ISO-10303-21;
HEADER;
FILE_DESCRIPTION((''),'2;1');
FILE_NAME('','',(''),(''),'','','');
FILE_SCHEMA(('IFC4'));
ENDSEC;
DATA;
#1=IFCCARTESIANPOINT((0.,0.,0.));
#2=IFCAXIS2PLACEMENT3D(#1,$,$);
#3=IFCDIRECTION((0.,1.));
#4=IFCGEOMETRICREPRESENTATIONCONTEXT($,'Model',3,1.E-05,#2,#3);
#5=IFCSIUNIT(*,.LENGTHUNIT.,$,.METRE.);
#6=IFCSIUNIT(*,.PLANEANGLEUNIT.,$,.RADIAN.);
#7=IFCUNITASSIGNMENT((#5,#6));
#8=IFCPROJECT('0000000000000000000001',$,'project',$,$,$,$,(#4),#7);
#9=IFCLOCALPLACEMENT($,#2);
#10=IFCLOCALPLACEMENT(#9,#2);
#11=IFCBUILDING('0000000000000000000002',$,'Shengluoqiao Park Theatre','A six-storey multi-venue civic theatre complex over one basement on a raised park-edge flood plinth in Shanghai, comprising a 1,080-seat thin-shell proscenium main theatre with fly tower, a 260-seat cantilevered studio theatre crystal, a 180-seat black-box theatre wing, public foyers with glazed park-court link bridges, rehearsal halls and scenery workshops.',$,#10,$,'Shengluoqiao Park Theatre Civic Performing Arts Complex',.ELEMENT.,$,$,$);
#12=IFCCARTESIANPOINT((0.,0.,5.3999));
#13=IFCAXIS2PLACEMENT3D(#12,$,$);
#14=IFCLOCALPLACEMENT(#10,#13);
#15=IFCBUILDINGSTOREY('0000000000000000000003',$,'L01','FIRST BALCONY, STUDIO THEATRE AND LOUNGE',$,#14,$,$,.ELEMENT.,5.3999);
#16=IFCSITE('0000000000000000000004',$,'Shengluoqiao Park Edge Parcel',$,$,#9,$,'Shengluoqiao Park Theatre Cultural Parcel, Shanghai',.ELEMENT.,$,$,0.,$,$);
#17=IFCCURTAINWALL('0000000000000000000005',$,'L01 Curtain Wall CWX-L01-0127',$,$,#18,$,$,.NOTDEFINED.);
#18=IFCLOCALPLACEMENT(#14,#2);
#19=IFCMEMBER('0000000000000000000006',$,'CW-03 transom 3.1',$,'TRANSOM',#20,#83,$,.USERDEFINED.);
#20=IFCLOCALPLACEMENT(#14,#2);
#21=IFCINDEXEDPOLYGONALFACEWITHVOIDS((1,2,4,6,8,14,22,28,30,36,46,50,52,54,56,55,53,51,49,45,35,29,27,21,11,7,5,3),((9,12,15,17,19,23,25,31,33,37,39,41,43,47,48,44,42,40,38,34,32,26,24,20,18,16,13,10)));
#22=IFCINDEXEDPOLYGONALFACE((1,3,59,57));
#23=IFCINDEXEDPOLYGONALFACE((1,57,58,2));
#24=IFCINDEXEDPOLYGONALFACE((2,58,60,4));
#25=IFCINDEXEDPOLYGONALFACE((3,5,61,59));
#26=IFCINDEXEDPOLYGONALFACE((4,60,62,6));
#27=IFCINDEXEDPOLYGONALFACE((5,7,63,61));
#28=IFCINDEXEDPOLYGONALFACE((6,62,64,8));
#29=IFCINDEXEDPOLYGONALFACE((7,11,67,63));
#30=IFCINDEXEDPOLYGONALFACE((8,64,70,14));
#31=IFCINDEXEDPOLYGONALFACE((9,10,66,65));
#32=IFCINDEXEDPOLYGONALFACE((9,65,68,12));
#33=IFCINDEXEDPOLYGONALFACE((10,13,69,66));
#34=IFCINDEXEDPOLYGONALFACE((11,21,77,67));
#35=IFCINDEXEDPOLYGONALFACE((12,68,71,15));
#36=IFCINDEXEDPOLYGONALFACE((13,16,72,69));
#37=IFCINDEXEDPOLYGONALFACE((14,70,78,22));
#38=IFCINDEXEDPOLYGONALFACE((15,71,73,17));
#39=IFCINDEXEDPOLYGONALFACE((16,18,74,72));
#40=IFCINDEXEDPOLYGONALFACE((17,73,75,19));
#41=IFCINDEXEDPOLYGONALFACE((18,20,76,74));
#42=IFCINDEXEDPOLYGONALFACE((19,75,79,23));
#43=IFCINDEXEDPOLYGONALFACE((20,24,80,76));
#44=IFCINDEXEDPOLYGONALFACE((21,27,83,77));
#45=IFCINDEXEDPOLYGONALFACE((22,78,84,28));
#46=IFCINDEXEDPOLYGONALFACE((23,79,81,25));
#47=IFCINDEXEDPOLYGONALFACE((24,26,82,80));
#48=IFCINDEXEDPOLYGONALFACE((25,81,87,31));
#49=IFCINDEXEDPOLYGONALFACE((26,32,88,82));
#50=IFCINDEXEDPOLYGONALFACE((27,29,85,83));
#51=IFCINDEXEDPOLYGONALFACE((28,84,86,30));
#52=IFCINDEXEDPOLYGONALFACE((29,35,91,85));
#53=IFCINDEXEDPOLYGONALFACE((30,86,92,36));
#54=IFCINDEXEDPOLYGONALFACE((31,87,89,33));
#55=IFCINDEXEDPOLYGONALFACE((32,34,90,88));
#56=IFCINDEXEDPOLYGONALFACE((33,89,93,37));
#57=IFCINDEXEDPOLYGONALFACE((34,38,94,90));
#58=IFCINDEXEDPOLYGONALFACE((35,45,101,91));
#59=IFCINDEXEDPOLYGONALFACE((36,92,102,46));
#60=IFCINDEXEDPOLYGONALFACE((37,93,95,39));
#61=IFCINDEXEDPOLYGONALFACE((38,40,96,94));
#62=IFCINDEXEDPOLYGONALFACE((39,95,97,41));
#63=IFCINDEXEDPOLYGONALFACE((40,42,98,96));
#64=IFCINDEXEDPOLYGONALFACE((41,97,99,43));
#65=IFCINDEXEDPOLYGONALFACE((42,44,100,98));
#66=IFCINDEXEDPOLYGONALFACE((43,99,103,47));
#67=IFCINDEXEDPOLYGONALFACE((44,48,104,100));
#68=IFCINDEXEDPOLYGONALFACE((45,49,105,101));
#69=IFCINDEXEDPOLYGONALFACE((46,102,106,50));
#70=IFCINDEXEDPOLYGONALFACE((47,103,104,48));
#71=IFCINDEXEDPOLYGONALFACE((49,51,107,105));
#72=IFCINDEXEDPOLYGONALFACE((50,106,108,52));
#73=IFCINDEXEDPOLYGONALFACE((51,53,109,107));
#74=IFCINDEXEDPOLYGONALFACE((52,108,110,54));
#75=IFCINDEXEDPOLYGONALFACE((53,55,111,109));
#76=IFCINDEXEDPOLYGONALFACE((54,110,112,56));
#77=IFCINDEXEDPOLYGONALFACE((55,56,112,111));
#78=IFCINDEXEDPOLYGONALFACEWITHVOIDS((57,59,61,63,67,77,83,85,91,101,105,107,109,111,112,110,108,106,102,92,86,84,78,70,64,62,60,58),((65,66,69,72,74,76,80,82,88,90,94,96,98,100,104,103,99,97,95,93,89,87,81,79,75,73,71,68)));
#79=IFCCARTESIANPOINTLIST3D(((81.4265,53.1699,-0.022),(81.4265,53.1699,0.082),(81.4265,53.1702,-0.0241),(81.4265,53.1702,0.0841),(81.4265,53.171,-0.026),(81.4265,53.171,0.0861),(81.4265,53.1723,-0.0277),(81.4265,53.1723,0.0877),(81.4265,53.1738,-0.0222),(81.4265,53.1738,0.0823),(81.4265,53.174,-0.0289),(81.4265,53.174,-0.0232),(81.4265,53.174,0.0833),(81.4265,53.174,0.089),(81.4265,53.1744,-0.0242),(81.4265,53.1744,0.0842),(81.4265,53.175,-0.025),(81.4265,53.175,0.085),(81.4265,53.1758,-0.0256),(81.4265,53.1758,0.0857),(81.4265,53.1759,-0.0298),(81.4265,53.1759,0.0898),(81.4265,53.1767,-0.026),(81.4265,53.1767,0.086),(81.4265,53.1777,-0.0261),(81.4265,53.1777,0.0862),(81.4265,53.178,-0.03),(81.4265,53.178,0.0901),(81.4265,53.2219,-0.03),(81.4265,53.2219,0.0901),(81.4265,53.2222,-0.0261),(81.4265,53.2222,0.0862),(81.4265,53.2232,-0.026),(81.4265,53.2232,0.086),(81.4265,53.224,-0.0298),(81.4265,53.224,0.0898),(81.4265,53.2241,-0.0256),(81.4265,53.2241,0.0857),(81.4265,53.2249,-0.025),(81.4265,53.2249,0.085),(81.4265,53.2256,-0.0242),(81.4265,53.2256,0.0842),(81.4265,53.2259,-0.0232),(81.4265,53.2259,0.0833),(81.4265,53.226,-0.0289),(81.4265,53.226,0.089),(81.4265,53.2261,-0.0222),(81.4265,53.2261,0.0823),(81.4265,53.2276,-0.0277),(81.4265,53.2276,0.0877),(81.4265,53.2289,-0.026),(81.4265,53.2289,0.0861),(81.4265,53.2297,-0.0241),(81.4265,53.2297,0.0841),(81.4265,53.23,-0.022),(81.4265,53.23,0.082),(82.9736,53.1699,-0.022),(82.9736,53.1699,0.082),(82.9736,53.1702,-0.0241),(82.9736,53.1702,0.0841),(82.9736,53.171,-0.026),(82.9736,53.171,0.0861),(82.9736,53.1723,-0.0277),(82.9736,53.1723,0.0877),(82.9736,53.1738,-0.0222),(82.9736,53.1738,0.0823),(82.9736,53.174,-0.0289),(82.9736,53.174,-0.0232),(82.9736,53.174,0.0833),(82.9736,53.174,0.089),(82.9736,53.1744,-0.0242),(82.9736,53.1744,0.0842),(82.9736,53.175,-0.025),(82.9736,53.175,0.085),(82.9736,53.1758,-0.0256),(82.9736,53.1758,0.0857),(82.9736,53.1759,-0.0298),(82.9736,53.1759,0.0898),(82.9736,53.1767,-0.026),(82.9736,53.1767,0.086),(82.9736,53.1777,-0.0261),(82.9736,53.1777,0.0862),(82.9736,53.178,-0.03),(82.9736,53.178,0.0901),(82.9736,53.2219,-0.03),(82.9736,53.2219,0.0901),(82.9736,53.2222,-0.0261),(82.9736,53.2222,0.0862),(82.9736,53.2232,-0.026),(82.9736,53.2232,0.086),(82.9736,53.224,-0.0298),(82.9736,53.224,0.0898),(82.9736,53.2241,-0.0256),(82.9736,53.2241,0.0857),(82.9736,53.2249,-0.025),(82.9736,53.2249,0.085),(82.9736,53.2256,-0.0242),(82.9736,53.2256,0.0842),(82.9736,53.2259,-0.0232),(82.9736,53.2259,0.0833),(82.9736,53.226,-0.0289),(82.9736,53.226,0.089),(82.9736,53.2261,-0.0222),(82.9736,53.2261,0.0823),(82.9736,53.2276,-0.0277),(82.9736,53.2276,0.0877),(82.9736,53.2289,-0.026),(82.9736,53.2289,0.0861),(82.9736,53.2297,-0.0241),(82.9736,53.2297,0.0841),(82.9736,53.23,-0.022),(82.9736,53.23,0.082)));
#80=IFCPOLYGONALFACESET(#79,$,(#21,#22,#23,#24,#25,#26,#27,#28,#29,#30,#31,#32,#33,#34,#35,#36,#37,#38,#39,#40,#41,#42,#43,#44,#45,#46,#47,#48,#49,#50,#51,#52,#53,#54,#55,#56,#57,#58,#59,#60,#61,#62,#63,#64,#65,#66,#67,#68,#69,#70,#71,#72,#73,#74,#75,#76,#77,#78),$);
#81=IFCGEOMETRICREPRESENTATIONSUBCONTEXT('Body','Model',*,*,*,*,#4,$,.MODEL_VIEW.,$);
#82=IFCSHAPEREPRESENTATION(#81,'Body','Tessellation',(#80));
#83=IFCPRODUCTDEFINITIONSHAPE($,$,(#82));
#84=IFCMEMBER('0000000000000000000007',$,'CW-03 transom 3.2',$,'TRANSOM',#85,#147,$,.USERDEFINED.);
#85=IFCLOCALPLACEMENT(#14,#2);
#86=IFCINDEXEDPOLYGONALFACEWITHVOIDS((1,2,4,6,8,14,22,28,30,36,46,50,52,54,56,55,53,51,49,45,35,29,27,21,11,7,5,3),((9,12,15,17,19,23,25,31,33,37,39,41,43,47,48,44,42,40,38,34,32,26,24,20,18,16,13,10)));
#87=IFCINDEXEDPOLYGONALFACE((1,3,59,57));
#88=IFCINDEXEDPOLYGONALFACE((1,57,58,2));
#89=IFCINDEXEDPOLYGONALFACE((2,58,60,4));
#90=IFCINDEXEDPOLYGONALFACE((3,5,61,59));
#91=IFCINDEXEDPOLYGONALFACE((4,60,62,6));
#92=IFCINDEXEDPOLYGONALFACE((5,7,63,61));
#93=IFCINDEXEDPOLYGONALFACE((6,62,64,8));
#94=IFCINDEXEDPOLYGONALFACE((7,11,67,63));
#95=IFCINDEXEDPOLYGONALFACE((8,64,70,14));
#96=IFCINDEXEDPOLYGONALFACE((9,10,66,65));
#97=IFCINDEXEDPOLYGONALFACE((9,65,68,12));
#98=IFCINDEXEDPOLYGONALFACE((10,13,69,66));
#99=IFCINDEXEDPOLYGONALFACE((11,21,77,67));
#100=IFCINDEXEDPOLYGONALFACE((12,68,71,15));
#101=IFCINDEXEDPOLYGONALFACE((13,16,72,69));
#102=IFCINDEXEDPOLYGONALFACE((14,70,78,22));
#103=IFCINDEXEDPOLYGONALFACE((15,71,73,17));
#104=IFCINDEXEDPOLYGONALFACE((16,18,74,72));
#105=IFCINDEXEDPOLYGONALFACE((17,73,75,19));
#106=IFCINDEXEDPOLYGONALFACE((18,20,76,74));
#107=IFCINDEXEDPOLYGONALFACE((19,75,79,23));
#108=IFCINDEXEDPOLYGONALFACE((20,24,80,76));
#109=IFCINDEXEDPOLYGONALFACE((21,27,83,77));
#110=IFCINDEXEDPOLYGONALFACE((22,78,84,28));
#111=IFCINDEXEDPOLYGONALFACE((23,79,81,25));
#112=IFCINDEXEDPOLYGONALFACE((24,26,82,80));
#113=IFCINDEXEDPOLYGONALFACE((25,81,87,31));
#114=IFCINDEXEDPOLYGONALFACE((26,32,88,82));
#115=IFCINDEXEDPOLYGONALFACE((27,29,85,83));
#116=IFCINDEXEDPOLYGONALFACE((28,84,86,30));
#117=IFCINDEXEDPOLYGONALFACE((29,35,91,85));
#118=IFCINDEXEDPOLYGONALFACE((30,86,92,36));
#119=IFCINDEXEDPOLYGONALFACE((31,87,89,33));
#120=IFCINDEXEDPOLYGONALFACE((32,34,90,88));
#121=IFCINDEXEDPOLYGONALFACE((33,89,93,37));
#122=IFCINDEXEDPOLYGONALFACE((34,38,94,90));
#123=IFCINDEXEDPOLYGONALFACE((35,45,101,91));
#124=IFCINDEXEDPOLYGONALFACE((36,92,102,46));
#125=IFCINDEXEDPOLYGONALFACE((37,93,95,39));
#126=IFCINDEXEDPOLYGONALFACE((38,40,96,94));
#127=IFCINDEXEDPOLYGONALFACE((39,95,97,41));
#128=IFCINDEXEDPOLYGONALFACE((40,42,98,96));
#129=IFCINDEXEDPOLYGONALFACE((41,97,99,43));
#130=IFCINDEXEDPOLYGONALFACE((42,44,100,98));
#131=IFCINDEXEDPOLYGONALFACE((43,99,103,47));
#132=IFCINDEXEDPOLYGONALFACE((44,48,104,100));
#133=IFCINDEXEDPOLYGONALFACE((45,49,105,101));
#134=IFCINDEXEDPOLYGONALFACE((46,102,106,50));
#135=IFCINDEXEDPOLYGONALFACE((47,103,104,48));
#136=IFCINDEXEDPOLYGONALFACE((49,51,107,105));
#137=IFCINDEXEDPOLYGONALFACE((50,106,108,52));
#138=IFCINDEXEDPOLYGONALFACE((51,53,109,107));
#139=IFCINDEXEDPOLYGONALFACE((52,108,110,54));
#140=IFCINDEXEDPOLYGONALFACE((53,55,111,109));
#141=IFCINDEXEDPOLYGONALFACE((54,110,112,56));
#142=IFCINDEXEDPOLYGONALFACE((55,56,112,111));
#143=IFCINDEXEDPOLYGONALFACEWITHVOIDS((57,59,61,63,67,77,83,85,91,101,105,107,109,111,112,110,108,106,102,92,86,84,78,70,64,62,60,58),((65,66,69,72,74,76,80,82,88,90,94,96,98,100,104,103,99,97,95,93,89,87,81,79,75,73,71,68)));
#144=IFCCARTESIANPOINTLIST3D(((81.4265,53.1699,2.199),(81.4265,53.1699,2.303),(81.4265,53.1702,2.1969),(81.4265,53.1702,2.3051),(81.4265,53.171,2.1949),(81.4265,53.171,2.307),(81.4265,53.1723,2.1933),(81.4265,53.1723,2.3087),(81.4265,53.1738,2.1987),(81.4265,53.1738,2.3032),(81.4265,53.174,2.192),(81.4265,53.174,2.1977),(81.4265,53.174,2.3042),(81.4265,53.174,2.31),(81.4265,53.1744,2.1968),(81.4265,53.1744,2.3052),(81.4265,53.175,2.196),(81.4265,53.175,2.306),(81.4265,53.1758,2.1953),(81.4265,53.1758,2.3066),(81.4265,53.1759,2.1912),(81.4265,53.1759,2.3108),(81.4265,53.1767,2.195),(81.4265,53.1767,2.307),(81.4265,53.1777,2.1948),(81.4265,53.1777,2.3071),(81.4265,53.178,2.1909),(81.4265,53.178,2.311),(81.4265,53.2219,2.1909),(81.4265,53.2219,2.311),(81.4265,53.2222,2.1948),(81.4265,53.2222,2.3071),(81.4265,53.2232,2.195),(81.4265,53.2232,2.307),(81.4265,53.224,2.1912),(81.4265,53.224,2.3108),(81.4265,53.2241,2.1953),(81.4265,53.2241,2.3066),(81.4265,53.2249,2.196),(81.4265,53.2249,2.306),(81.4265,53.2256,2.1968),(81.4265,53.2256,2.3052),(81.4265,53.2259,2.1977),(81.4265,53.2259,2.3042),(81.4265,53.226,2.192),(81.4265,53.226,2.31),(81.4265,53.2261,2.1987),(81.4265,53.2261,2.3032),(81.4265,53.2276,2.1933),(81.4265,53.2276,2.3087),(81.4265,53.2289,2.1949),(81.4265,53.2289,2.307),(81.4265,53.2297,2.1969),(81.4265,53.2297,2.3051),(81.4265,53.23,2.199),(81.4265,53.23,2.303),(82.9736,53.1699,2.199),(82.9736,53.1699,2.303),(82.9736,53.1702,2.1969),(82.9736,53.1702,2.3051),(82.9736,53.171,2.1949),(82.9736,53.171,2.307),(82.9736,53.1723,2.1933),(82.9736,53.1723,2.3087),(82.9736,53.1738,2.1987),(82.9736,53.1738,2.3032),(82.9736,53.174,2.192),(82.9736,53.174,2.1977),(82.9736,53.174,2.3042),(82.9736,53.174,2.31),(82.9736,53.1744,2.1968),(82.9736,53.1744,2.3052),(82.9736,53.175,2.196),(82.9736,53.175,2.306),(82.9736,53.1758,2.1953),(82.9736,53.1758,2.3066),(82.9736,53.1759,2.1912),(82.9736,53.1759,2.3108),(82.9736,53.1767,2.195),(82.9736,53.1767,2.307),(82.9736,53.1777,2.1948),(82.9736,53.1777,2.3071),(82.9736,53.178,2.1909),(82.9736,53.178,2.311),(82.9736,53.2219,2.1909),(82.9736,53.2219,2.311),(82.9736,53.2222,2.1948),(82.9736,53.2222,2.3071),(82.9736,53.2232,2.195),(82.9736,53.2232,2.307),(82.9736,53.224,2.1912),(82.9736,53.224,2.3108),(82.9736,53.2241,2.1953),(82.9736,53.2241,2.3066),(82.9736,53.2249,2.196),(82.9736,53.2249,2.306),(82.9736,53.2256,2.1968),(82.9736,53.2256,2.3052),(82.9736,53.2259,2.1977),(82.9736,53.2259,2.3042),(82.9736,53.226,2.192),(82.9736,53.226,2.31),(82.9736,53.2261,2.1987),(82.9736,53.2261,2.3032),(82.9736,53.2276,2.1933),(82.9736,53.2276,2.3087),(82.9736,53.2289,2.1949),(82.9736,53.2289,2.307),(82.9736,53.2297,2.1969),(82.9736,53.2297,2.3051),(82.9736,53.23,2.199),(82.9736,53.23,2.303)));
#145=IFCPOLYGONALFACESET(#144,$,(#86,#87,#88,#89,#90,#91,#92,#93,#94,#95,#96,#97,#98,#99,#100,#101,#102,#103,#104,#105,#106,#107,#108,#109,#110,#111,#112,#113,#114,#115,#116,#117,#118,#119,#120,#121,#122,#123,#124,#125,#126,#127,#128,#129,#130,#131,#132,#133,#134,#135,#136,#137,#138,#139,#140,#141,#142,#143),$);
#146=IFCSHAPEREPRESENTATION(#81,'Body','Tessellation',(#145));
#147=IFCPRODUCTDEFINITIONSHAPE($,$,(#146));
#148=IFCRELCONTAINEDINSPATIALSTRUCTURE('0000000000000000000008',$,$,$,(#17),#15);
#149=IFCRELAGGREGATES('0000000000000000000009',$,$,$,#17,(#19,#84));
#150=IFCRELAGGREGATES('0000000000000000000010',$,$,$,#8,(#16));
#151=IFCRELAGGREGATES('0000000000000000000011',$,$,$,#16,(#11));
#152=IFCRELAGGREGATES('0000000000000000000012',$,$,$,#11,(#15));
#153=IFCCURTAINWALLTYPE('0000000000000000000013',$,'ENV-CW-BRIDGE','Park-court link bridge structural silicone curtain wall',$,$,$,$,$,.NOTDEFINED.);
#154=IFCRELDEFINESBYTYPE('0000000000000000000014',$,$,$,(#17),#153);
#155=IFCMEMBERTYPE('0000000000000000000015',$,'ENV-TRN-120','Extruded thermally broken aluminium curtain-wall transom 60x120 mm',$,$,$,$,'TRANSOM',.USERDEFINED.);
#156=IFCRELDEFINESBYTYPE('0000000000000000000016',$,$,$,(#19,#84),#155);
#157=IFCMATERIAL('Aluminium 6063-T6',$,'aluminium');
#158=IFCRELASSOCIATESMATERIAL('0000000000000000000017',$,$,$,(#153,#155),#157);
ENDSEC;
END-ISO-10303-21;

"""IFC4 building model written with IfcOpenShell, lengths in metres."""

from ifc_helpers import new_model, si_unit, direction, frame, origin, origin_2d, place, context, subcontext, project, spatial, hollow_rectangle, extrude, material, material_profile, profile_set, type_object, element, aggregate, save


model = new_model("IFC4")

# Units and contexts
model_context = context("Model", 3, precision=1e-05, world=origin(), true_north=direction((0.0, 1.0)))
body_context = subcontext(model_context, "Body", "Model", "MODEL_VIEW")
ifc_project = project(units=[si_unit("LENGTHUNIT", "METRE"), si_unit("PLANEANGLEUNIT", "RADIAN")], contexts=[model_context])

# Site, building, storey
site_placement = place(None, origin())
site = spatial("IfcSite", under=ifc_project, at=site_placement, Name="Shengluoqiao Park Edge Parcel", LongName="Shengluoqiao Park Theatre Cultural Parcel, Shanghai", CompositionType="ELEMENT", RefElevation=0.0)
building_placement = place(site_placement, origin())
building = spatial("IfcBuilding", under=site, at=building_placement, Name="Shengluoqiao Park Theatre", Description="A six-storey multi-venue civic theatre complex over one basement on a raised park-edge flood plinth in Shanghai, comprising a 1,080-seat thin-shell proscenium main theatre with fly tower, a 260-seat cantilevered studio theatre crystal, a 180-seat black-box theatre wing, public foyers with glazed park-court link bridges, rehearsal halls and scenery workshops.", LongName="Shengluoqiao Park Theatre Civic Performing Arts Complex", CompositionType="ELEMENT")
storey_placement = place(building_placement, frame((0.0, 0.0, 5.3999)))
storey = spatial("IfcBuildingStorey", under=building, at=storey_placement, Name="L01", Description="FIRST BALCONY, STUDIO THEATRE AND LOUNGE", CompositionType="ELEMENT", Elevation=5.3999)

# Curtain wall, members
ifc_material_1 = material(Name="Aluminium 6063-T6", Category="aluminium")
curtain_wall_type = type_object("IfcCurtainWallType", Name="ENV-CW-BRIDGE", Description="Park-court link bridge structural silicone curtain wall", PredefinedType="NOTDEFINED", material=ifc_material_1)
curtain_wall_placement = place(storey_placement, origin())
curtain_wall = element("IfcCurtainWall", 1, at=curtain_wall_placement, inside=storey, type_object=curtain_wall_type, Name="L01 Curtain Wall CWX-L01-0127", PredefinedType="NOTDEFINED")
ifc_material_profile_1 = material_profile(ifc_material_1, hollow_rectangle(XDim=0.0601, YDim=0.1201, WallThickness=0.0039, InnerFilletRadius=0.0039, OuterFilletRadius=0.0081, at=origin_2d()), Name="ALU TRANSOM 120x60x4")
ifc_profile_set_1 = profile_set([ifc_material_profile_1], Name="Aluminium 6063-T6")
member_type_1 = type_object("IfcMemberType", Name="ENV-TRN-120", Description="Extruded thermally broken aluminium curtain-wall transom 60x120 mm", ElementType="TRANSOM", PredefinedType="USERDEFINED", material=ifc_profile_set_1)
member_1_placement = place(storey_placement, frame((81.4265, 53.2, 0.03), z_axis=(1.0, 0.0, 0.0), x_axis=(0.0, 1.0, 0.0)))
member_1 = element("IfcMember", 2, at=member_1_placement, type_object=member_type_1, Name="CW-03 transom 3.1", ObjectType="TRANSOM", PredefinedType="USERDEFINED", context=body_context, shape_type="SweptSolid", body=[
    extrude(hollow_rectangle(XDim=0.0601, YDim=0.1201, WallThickness=0.0039, InnerFilletRadius=0.0039, OuterFilletRadius=0.0081, at=origin_2d()), origin(), (0.0, 0.0, 1.0), 1.5471),
])
member_2_placement = place(storey_placement, frame((81.4265, 53.2, 2.251), z_axis=(1.0, 0.0, 0.0), x_axis=(0.0, 1.0, 0.0)))
member_2 = element("IfcMember", 3, at=member_2_placement, type_object=member_type_1, Name="CW-03 transom 3.2", ObjectType="TRANSOM", PredefinedType="USERDEFINED", context=body_context, shape_type="SweptSolid", body=[
    extrude(hollow_rectangle(XDim=0.0601, YDim=0.1201, WallThickness=0.0039, InnerFilletRadius=0.0039, OuterFilletRadius=0.0081, at=origin_2d()), origin(), (0.0, 0.0, 1.0), 1.5471),
])

aggregate(curtain_wall, [member_1, member_2])

save(model, "model.ifc")
